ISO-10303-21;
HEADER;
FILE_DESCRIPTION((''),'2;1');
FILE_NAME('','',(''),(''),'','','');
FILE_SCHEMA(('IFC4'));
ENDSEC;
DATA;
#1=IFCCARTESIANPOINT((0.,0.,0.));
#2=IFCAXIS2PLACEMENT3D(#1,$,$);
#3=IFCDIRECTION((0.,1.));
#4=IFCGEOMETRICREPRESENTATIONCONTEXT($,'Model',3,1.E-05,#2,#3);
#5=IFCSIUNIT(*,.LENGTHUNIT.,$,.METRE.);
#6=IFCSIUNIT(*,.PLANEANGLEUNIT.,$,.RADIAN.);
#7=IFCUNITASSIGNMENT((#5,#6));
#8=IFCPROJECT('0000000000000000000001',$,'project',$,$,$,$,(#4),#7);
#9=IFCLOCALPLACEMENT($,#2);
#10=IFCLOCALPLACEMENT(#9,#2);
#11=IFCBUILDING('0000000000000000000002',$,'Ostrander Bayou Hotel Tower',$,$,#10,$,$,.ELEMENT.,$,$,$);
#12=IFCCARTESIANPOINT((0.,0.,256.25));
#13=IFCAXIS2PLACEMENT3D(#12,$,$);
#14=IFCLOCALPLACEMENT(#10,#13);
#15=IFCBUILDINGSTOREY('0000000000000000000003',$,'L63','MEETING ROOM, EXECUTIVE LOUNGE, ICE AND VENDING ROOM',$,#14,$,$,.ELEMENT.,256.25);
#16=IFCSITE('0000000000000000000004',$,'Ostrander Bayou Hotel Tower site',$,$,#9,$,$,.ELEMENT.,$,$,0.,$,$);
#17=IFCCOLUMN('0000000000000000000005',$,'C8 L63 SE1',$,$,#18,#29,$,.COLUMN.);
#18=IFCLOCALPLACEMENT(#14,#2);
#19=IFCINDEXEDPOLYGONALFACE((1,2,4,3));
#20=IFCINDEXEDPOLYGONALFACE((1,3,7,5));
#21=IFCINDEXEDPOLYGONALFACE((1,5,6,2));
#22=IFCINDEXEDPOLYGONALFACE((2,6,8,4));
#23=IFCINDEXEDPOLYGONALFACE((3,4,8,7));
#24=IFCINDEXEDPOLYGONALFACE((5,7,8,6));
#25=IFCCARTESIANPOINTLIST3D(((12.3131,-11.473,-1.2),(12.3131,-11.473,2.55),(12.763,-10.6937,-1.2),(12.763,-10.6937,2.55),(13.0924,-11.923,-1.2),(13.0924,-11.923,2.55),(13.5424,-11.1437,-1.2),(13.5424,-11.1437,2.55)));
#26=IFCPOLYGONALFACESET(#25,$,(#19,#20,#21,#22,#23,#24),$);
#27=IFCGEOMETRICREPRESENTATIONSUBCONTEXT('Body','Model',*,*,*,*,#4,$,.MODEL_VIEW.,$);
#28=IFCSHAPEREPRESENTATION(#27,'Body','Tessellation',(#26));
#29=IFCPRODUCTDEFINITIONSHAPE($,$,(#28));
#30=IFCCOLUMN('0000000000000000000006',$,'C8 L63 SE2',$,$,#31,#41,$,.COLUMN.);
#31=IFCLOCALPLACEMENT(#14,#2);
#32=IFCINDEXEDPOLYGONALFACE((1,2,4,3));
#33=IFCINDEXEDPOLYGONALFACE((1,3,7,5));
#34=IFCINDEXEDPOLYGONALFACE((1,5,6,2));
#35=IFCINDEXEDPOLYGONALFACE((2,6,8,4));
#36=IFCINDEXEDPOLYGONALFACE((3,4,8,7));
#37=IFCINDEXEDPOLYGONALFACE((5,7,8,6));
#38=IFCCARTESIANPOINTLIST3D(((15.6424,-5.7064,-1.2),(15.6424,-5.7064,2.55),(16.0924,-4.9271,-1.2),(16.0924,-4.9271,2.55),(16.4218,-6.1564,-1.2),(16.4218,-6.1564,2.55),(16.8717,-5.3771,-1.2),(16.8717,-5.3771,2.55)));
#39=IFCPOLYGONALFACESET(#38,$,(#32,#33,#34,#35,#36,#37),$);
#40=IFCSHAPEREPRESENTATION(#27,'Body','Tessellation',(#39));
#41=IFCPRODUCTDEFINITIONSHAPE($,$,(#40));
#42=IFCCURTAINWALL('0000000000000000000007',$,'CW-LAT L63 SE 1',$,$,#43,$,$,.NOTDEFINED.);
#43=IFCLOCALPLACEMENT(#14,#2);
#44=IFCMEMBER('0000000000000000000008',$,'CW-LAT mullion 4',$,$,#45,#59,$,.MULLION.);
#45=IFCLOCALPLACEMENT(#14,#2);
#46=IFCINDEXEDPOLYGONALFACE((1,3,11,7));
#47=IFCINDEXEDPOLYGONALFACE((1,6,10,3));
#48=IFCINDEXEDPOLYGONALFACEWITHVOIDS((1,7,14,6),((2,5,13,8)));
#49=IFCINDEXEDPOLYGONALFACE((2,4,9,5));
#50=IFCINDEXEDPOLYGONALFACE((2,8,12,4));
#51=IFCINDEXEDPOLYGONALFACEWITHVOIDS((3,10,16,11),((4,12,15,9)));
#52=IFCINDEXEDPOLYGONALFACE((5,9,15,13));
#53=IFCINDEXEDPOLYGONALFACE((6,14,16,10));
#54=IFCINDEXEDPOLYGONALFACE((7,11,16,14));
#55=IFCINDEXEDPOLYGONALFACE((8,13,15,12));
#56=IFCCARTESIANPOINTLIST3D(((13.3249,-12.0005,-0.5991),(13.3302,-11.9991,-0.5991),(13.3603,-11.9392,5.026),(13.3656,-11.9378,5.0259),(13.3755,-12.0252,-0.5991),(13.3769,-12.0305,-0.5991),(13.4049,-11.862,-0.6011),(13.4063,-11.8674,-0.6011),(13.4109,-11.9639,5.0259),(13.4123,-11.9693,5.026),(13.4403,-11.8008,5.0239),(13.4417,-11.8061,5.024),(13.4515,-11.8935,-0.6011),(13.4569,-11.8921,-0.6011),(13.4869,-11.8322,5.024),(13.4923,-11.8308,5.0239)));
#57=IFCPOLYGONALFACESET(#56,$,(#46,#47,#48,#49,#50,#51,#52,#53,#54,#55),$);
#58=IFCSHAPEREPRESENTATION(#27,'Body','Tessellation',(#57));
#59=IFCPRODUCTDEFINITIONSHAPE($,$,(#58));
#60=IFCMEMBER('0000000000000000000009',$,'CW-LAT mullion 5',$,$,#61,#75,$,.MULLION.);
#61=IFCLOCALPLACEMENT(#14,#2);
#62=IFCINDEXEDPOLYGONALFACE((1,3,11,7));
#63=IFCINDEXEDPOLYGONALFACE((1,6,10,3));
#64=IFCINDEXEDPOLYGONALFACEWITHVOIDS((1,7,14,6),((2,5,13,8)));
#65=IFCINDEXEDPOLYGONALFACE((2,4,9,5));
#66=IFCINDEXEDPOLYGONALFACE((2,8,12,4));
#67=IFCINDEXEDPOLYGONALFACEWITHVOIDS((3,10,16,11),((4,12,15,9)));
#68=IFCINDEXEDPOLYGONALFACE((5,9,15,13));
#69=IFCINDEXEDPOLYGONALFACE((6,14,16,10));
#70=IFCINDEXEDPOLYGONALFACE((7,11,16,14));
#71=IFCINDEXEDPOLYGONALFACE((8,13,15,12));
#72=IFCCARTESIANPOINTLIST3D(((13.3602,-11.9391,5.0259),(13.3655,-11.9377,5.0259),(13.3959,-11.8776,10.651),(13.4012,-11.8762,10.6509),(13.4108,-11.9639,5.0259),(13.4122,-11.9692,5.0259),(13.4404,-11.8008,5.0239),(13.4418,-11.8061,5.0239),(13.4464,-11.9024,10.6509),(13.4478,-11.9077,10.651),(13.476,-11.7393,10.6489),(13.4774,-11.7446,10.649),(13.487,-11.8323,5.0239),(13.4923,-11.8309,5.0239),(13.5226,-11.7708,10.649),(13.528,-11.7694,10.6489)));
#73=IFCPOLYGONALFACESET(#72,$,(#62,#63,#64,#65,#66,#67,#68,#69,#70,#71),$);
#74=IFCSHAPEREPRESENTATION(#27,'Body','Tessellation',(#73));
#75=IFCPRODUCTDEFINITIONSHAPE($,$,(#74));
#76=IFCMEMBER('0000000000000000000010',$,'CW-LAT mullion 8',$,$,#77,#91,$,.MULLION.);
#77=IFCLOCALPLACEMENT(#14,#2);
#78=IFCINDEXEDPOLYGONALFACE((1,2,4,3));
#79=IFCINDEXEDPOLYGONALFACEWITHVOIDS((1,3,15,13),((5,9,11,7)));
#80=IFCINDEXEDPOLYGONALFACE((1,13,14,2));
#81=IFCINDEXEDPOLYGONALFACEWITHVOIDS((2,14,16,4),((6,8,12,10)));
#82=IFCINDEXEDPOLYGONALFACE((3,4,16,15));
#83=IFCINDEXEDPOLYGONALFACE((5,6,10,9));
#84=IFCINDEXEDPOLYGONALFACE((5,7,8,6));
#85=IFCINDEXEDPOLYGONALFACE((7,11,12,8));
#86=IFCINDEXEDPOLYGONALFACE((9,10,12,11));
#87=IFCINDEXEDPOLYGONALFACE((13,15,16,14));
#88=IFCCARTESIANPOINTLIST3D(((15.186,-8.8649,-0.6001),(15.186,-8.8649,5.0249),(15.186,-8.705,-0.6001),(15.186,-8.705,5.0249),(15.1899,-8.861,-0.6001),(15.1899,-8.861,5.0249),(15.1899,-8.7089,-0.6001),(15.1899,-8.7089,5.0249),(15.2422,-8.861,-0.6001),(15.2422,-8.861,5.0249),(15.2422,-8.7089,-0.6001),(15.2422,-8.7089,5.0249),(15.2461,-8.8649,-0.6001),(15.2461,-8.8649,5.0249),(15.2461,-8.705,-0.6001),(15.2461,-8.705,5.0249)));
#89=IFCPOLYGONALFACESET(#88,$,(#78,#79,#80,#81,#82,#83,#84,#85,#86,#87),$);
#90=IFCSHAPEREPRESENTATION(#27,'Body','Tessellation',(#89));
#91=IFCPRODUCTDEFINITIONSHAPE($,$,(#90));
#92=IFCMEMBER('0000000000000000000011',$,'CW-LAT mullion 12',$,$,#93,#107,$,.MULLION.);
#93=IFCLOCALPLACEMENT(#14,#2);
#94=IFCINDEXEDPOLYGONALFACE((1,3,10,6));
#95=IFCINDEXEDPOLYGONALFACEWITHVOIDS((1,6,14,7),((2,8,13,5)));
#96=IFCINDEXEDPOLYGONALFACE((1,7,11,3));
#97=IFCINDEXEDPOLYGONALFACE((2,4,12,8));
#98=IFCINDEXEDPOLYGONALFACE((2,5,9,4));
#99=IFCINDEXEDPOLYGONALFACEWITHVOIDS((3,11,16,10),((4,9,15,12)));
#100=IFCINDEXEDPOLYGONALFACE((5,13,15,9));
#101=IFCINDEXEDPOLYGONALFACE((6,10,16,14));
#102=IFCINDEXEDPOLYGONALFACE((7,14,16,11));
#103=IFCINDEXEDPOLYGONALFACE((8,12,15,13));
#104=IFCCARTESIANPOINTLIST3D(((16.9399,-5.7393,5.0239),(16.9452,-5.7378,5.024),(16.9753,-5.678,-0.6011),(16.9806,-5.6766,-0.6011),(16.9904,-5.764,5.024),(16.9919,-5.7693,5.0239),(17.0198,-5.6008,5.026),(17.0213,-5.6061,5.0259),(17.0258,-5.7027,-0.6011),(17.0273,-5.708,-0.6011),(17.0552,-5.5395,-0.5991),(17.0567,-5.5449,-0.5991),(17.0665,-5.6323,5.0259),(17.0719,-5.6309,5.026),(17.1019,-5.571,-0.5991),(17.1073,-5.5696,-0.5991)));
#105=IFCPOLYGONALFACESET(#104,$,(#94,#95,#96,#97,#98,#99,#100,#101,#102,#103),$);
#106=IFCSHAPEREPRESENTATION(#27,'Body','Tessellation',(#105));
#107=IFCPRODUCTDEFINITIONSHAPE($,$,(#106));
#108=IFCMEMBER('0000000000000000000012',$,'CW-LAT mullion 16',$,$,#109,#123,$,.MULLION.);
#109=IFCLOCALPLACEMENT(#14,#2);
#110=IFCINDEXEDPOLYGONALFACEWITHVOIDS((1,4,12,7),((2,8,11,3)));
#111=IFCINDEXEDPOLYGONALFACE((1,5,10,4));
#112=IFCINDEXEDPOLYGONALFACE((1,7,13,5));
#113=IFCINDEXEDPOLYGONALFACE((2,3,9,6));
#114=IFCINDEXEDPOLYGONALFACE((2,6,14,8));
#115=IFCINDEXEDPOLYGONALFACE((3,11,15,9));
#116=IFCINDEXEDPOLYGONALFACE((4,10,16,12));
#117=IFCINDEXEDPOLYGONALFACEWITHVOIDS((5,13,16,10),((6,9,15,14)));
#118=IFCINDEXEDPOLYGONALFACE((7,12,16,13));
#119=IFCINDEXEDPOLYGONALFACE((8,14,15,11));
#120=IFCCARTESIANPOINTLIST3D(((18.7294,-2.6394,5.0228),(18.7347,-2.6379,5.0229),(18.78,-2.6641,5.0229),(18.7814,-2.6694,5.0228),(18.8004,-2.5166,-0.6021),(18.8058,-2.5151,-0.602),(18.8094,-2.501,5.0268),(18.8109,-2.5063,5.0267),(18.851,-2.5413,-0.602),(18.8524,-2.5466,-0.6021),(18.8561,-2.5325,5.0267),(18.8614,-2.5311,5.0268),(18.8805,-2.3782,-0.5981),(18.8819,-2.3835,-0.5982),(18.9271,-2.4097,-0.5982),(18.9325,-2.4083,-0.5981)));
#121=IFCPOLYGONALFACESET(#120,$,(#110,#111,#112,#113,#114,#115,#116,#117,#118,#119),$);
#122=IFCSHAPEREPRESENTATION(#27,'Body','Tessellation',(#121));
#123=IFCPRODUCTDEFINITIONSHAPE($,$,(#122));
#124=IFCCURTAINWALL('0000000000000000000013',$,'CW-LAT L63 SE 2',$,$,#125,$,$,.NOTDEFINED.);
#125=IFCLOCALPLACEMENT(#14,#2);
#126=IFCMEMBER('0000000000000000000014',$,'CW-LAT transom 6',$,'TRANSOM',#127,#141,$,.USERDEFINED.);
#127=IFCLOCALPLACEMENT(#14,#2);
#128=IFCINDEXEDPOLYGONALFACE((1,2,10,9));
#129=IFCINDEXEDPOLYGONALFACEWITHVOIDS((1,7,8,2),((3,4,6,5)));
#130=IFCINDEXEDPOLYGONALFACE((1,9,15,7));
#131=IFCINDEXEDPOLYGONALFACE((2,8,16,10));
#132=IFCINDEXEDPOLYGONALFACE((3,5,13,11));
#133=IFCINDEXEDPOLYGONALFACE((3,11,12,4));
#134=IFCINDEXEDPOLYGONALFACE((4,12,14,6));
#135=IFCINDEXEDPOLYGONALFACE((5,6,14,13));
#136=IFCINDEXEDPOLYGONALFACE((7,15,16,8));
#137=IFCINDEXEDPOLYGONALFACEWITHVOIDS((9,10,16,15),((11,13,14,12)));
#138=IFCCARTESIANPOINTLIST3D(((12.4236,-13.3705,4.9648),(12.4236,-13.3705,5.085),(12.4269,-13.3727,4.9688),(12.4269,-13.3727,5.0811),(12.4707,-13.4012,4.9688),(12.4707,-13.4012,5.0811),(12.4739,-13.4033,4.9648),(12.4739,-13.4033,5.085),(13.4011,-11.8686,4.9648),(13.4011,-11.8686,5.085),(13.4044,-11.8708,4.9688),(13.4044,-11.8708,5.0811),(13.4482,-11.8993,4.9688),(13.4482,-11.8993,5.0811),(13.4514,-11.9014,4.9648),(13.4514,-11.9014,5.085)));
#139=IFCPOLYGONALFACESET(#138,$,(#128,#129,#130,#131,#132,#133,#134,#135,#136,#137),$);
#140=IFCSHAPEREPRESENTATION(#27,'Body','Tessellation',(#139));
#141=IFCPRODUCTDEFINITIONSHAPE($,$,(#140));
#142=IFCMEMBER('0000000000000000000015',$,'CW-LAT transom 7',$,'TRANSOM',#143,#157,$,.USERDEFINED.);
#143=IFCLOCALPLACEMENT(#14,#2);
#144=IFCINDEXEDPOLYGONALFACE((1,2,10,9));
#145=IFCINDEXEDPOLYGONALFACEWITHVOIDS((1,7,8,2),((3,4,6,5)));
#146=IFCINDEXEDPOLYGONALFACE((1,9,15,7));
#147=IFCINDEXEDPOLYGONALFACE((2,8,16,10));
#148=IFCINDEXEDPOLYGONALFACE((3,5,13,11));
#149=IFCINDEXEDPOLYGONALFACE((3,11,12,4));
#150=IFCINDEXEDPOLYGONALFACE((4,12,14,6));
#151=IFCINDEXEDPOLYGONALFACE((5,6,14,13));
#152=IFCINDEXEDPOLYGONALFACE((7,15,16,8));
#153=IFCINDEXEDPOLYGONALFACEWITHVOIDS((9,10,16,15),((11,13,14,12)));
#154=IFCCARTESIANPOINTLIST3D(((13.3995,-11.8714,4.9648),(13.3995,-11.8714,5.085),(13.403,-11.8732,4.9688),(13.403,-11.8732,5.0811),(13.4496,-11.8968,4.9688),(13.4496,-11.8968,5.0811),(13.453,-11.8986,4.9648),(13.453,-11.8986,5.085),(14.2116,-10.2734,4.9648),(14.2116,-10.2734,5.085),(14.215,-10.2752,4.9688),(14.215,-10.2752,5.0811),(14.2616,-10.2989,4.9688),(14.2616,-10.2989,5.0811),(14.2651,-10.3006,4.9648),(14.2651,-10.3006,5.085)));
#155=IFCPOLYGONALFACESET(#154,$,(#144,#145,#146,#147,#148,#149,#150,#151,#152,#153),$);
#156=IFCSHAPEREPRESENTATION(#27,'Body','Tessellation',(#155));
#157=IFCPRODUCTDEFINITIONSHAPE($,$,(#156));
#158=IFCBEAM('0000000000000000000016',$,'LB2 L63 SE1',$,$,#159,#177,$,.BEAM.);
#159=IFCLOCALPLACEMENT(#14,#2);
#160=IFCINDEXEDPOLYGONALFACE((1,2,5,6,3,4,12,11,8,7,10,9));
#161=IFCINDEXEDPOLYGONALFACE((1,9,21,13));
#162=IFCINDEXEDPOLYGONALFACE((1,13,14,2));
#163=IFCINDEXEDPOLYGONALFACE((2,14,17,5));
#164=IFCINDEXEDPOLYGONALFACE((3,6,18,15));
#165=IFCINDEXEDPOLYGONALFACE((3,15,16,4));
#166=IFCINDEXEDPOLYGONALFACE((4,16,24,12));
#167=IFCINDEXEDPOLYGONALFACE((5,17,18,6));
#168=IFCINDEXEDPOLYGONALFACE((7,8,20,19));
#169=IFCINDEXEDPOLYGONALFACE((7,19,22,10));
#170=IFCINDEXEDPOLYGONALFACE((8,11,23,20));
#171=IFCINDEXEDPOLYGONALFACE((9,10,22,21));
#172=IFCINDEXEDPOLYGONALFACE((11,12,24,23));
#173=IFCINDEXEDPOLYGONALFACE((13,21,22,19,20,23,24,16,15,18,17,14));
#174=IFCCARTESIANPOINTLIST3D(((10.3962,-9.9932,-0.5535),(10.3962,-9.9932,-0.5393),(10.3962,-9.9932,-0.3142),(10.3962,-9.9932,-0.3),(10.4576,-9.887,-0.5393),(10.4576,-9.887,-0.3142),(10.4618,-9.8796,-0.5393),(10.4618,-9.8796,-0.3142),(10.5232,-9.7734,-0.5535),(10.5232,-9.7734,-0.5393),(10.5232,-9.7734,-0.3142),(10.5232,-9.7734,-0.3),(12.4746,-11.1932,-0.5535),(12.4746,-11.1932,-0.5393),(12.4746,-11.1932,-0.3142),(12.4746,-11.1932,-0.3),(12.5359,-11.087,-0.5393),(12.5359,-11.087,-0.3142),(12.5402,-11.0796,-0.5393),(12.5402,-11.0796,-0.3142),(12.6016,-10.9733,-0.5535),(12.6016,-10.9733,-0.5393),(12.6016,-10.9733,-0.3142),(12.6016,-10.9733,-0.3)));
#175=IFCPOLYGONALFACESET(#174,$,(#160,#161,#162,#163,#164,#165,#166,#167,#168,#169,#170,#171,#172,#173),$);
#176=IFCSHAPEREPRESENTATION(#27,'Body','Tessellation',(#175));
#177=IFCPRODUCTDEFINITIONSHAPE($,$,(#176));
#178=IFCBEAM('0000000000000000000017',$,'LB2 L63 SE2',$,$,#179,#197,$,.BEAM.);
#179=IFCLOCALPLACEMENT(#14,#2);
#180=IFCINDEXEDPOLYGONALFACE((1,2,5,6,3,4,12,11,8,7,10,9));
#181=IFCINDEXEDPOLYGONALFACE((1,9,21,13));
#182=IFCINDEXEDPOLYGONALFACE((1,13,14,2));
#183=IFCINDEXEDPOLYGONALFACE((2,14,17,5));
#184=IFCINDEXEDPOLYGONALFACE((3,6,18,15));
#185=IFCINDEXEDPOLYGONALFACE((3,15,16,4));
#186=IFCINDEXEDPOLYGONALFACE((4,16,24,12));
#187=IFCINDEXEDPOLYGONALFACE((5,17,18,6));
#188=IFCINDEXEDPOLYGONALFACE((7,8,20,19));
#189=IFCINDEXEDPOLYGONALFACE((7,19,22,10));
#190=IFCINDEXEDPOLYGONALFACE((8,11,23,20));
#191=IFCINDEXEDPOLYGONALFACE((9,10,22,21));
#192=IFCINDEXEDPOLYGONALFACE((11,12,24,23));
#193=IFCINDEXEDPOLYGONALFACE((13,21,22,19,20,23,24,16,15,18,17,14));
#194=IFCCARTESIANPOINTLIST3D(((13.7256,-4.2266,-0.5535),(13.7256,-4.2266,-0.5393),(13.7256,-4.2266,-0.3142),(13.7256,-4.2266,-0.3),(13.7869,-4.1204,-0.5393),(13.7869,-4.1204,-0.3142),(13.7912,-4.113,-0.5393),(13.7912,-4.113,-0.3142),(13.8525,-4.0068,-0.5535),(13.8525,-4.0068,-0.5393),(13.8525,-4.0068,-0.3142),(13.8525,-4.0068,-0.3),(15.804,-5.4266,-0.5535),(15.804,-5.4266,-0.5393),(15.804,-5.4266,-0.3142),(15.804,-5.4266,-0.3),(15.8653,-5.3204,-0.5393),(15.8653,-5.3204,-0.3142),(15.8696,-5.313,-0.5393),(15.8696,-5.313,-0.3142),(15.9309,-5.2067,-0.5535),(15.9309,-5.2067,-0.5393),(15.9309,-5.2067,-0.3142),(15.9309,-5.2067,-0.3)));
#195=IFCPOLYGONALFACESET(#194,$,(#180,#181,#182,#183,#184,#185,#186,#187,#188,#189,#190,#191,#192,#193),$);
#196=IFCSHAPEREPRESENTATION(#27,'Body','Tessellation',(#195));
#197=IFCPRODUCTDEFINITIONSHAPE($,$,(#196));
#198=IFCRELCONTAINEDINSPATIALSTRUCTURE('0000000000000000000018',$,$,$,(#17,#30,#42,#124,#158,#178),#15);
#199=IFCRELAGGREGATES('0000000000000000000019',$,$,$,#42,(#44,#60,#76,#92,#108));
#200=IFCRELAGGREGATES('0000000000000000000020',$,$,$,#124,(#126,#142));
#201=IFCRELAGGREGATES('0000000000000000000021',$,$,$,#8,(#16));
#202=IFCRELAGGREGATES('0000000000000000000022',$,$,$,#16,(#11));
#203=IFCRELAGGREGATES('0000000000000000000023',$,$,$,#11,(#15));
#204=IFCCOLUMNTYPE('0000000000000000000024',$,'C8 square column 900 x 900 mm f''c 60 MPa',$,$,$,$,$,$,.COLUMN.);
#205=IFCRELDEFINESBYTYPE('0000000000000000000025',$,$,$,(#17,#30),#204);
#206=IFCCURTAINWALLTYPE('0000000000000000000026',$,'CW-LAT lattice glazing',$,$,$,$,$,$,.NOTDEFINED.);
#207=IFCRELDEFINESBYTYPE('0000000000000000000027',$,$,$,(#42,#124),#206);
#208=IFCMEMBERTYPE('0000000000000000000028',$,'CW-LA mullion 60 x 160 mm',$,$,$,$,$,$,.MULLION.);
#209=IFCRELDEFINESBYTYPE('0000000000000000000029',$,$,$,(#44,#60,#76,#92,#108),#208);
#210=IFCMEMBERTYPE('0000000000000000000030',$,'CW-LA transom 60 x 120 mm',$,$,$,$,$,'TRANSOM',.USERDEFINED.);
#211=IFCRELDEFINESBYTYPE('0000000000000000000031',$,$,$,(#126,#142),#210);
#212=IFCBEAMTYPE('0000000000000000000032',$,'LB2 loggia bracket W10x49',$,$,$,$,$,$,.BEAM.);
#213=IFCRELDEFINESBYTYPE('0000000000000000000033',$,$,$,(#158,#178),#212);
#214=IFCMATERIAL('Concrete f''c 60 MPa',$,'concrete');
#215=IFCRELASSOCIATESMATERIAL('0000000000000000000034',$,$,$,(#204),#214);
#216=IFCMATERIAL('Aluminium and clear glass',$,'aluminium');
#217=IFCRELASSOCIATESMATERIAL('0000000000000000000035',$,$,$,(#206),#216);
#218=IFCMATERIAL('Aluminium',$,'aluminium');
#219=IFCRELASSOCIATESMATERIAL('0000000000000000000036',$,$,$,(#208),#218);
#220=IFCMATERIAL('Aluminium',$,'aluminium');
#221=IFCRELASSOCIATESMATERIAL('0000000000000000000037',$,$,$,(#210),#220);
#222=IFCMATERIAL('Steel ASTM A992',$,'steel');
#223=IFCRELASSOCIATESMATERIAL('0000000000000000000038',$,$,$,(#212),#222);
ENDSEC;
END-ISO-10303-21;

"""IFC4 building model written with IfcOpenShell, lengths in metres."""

from ifc_helpers import new_model, si_unit, direction, frame, origin, origin_2d, place, context, subcontext, project, spatial, rectangle, hollow_rectangle, i_section, extrude, material, material_profile, profile_set, type_object, element, aggregate, save


model = new_model("IFC4")

# Units and contexts
model_context = context("Model", 3, precision=1e-05, world=origin(), true_north=direction((0.0, 1.0)))
body_context = subcontext(model_context, "Body", "Model", "MODEL_VIEW")
ifc_project = project(units=[si_unit("LENGTHUNIT", "METRE"), si_unit("PLANEANGLEUNIT", "RADIAN")], contexts=[model_context])

# Site, building, storey
site_placement = place(None, origin())
site = spatial("IfcSite", under=ifc_project, at=site_placement, Name="Ostrander Bayou Hotel Tower site", CompositionType="ELEMENT", RefElevation=0.0)
building_placement = place(site_placement, origin())
building = spatial("IfcBuilding", under=site, at=building_placement, Name="Ostrander Bayou Hotel Tower", CompositionType="ELEMENT")
storey_placement = place(building_placement, frame((0.0, 0.0, 256.25)))
storey = spatial("IfcBuildingStorey", under=building, at=storey_placement, Name="L63", Description="MEETING ROOM, EXECUTIVE LOUNGE, ICE AND VENDING ROOM", CompositionType="ELEMENT", Elevation=256.25)

# Columns
ifc_material_1 = material(Name="Concrete f'c 60 MPa", Category="concrete")
ifc_material_profile_1 = material_profile(ifc_material_1, rectangle(XDim=0.8999, YDim=0.8999, at=origin_2d()))
ifc_profile_set_1 = profile_set([ifc_material_profile_1], Name="Concrete f'c 60 MPa")
column_type = type_object("IfcColumnType", Name="C8 square column 900 x 900 mm f'c 60 MPa", PredefinedType="COLUMN", material=ifc_profile_set_1)
for number, where, z_axis, x_axis, name in (
    (1, (12.9277, -11.3083, -1.2), (0.0, 0.0, 1.0), (-0.5, -0.866025, 0.0), "C8 L63 SE1"),
    (2, (16.2571, -5.5417, -1.2), (0.0, 0.0, 1.0), (-0.5, -0.866025, 0.0), "C8 L63 SE2"),
):
    element("IfcColumn", number, at=place(storey_placement, frame(where, z_axis=z_axis, x_axis=x_axis)), inside=storey, type_object=column_type, Name=name, PredefinedType="COLUMN", context=body_context, shape_type="SweptSolid", body=[
        extrude(rectangle(XDim=0.8999, YDim=0.8999, at=origin_2d()), origin(), (0.0, 0.0, 1.0), 3.75),
    ])

# Curtain walls, members
ifc_material_2 = material(Name="Aluminium and clear glass", Category="aluminium")
curtain_wall_type = type_object("IfcCurtainWallType", Name="CW-LAT lattice glazing", PredefinedType="NOTDEFINED", material=ifc_material_2)
curtain_wall_1_placement = place(storey_placement, origin())
curtain_wall_1 = element("IfcCurtainWall", 3, at=curtain_wall_1_placement, inside=storey, type_object=curtain_wall_type, Name="CW-LAT L63 SE 1", PredefinedType="NOTDEFINED")
ifc_material_3 = material(Name="Aluminium", Category="aluminium")
ifc_material_profile_2 = material_profile(ifc_material_3, hollow_rectangle(XDim=0.0601, YDim=0.1599, WallThickness=0.0039, at=origin_2d()))
ifc_profile_set_2 = profile_set([ifc_material_profile_2], Name="Aluminium")
member_type_1 = type_object("IfcMemberType", Name="CW-LA mullion 60 x 160 mm", PredefinedType="MULLION", material=ifc_profile_set_2)
member_1_placement = place(storey_placement, frame((13.3909, -11.9463, -0.6001), z_axis=(0.006293, 0.010893, 0.999921), x_axis=(-0.865898, 0.50022, 0.0)))
member_1 = element("IfcMember", 4, at=member_1_placement, type_object=member_type_1, Name="CW-LAT mullion 4", PredefinedType="MULLION", context=body_context, shape_type="SweptSolid", body=[
    extrude(hollow_rectangle(XDim=0.0601, YDim=0.1599, WallThickness=0.0039, at=origin_2d()), origin(), (0.0, 0.0, 1.0), 5.6255),
])
member_2_placement = place(storey_placement, frame((13.4263, -11.885, 5.0249), z_axis=(0.006336, 0.010937, 0.99992), x_axis=(-0.86527, 0.501307, 0.0)))
member_2 = element("IfcMember", 5, at=member_2_placement, type_object=member_type_1, Name="CW-LAT mullion 5", PredefinedType="MULLION", context=body_context, shape_type="SweptSolid", body=[
    extrude(hollow_rectangle(XDim=0.0601, YDim=0.1599, WallThickness=0.0039, at=origin_2d()), origin(), (0.0, 0.0, 1.0), 5.6255),
])
member_3_placement = place(storey_placement, frame((15.2161, -8.7849, -0.6001), z_axis=(0.0, 0.0, 1.0), x_axis=(1.0, 0.0, 0.0)))
member_3 = element("IfcMember", 6, at=member_3_placement, type_object=member_type_1, Name="CW-LAT mullion 8", PredefinedType="MULLION", context=body_context, shape_type="SweptSolid", body=[
    extrude(hollow_rectangle(XDim=0.0601, YDim=0.1599, WallThickness=0.0039, at=origin_2d()), origin(), (0.0, 0.0, 1.0), 5.625),
])
member_4_placement = place(storey_placement, frame((17.0413, -5.6238, -0.6001), z_axis=(-0.006293, -0.010893, 0.999921), x_axis=(0.865898, -0.50022, 0.0)))
member_4 = element("IfcMember", 7, at=member_4_placement, type_object=member_type_1, Name="CW-LAT mullion 12", PredefinedType="MULLION", context=body_context, shape_type="SweptSolid", body=[
    extrude(hollow_rectangle(XDim=0.0601, YDim=0.1599, WallThickness=0.0039, at=origin_2d()), origin(), (0.0, 0.0, 1.0), 5.6255),
])
member_5_placement = place(storey_placement, frame((18.8665, -2.4624, -0.6001), z_axis=(-0.012626, -0.021825, 0.999682), x_axis=(0.865583, -0.500765, 0.0)))
member_5 = element("IfcMember", 8, at=member_5_placement, type_object=member_type_1, Name="CW-LAT mullion 16", PredefinedType="MULLION", context=body_context, shape_type="SweptSolid", body=[
    extrude(hollow_rectangle(XDim=0.0601, YDim=0.1599, WallThickness=0.0039, at=origin_2d()), origin(), (0.0, 0.0, 1.0), 5.6267),
])
curtain_wall_2_placement = place(storey_placement, origin())
curtain_wall_2 = element("IfcCurtainWall", 9, at=curtain_wall_2_placement, inside=storey, type_object=curtain_wall_type, Name="CW-LAT L63 SE 2", PredefinedType="NOTDEFINED")
ifc_material_4 = material(Name="Aluminium", Category="aluminium")
ifc_material_profile_3 = material_profile(ifc_material_4, hollow_rectangle(XDim=0.0601, YDim=0.1201, WallThickness=0.0039, at=origin_2d()))
ifc_profile_set_3 = profile_set([ifc_material_profile_3], Name="Aluminium")
member_type_2 = type_object("IfcMemberType", Name="CW-LA transom 60 x 120 mm", ElementType="TRANSOM", PredefinedType="USERDEFINED", material=ifc_profile_set_3)
member_6_placement = place(storey_placement, frame((13.4263, -11.885, 5.0249), z_axis=(-0.545486, -0.83812, 0.0), x_axis=(0.83812, -0.545486, 0.0)))
member_6 = element("IfcMember", 10, at=member_6_placement, type_object=member_type_2, Name="CW-LAT transom 6", ObjectType="TRANSOM", PredefinedType="USERDEFINED", context=body_context, shape_type="SweptSolid", body=[
    extrude(hollow_rectangle(XDim=0.0601, YDim=0.1201, WallThickness=0.0039, at=origin_2d()), origin(), (0.0, 0.0, 1.0), 1.792),
])
member_7_placement = place(storey_placement, frame((13.4263, -11.885, 5.0249), z_axis=(0.453034, 0.891493, 0.0), x_axis=(-0.891493, 0.453034, 0.0)))
member_7 = element("IfcMember", 11, at=member_7_placement, type_object=member_type_2, Name="CW-LAT transom 7", ObjectType="TRANSOM", PredefinedType="USERDEFINED", context=body_context, shape_type="SweptSolid", body=[
    extrude(hollow_rectangle(XDim=0.0601, YDim=0.1201, WallThickness=0.0039, at=origin_2d()), origin(), (0.0, 0.0, 1.0), 1.7925),
])

# Beams
ifc_material_5 = material(Name="Steel ASTM A992", Category="steel")
ifc_material_profile_4 = material_profile(ifc_material_5, i_section(OverallWidth=0.2539, OverallDepth=0.2534, WebThickness=0.0085, FlangeThickness=0.0142, at=origin_2d()))
ifc_profile_set_4 = profile_set([ifc_material_profile_4], Name="Steel ASTM A992")
beam_type_1 = type_object("IfcBeamType", Name="LB2 loggia bracket W10x49", PredefinedType="BEAM", material=ifc_profile_set_4)
for number, where, z_axis, x_axis, name in (
    (12, (12.5381, -11.0833, -0.4268), (-0.866025, 0.500001, 0.0), (-0.500001, -0.866025, 0.0), "LB2 L63 SE1"),
    (13, (15.8674, -5.3167, -0.4268), (-0.866025, 0.500001, 0.0), (-0.500001, -0.866025, 0.0), "LB2 L63 SE2"),
):
    element("IfcBeam", number, at=place(storey_placement, frame(where, z_axis=z_axis, x_axis=x_axis)), inside=storey, type_object=beam_type_1, Name=name, PredefinedType="BEAM", context=body_context, shape_type="SweptSolid", body=[
        extrude(i_section(OverallWidth=0.2539, OverallDepth=0.2534, WebThickness=0.0085, FlangeThickness=0.0142, at=origin_2d()), origin(), (0.0, 0.0, 1.0), 2.3999),
    ])

aggregate(curtain_wall_1, [member_1, member_2, member_3, member_4, member_5])
aggregate(curtain_wall_2, [member_6, member_7])

save(model, "model.ifc")
